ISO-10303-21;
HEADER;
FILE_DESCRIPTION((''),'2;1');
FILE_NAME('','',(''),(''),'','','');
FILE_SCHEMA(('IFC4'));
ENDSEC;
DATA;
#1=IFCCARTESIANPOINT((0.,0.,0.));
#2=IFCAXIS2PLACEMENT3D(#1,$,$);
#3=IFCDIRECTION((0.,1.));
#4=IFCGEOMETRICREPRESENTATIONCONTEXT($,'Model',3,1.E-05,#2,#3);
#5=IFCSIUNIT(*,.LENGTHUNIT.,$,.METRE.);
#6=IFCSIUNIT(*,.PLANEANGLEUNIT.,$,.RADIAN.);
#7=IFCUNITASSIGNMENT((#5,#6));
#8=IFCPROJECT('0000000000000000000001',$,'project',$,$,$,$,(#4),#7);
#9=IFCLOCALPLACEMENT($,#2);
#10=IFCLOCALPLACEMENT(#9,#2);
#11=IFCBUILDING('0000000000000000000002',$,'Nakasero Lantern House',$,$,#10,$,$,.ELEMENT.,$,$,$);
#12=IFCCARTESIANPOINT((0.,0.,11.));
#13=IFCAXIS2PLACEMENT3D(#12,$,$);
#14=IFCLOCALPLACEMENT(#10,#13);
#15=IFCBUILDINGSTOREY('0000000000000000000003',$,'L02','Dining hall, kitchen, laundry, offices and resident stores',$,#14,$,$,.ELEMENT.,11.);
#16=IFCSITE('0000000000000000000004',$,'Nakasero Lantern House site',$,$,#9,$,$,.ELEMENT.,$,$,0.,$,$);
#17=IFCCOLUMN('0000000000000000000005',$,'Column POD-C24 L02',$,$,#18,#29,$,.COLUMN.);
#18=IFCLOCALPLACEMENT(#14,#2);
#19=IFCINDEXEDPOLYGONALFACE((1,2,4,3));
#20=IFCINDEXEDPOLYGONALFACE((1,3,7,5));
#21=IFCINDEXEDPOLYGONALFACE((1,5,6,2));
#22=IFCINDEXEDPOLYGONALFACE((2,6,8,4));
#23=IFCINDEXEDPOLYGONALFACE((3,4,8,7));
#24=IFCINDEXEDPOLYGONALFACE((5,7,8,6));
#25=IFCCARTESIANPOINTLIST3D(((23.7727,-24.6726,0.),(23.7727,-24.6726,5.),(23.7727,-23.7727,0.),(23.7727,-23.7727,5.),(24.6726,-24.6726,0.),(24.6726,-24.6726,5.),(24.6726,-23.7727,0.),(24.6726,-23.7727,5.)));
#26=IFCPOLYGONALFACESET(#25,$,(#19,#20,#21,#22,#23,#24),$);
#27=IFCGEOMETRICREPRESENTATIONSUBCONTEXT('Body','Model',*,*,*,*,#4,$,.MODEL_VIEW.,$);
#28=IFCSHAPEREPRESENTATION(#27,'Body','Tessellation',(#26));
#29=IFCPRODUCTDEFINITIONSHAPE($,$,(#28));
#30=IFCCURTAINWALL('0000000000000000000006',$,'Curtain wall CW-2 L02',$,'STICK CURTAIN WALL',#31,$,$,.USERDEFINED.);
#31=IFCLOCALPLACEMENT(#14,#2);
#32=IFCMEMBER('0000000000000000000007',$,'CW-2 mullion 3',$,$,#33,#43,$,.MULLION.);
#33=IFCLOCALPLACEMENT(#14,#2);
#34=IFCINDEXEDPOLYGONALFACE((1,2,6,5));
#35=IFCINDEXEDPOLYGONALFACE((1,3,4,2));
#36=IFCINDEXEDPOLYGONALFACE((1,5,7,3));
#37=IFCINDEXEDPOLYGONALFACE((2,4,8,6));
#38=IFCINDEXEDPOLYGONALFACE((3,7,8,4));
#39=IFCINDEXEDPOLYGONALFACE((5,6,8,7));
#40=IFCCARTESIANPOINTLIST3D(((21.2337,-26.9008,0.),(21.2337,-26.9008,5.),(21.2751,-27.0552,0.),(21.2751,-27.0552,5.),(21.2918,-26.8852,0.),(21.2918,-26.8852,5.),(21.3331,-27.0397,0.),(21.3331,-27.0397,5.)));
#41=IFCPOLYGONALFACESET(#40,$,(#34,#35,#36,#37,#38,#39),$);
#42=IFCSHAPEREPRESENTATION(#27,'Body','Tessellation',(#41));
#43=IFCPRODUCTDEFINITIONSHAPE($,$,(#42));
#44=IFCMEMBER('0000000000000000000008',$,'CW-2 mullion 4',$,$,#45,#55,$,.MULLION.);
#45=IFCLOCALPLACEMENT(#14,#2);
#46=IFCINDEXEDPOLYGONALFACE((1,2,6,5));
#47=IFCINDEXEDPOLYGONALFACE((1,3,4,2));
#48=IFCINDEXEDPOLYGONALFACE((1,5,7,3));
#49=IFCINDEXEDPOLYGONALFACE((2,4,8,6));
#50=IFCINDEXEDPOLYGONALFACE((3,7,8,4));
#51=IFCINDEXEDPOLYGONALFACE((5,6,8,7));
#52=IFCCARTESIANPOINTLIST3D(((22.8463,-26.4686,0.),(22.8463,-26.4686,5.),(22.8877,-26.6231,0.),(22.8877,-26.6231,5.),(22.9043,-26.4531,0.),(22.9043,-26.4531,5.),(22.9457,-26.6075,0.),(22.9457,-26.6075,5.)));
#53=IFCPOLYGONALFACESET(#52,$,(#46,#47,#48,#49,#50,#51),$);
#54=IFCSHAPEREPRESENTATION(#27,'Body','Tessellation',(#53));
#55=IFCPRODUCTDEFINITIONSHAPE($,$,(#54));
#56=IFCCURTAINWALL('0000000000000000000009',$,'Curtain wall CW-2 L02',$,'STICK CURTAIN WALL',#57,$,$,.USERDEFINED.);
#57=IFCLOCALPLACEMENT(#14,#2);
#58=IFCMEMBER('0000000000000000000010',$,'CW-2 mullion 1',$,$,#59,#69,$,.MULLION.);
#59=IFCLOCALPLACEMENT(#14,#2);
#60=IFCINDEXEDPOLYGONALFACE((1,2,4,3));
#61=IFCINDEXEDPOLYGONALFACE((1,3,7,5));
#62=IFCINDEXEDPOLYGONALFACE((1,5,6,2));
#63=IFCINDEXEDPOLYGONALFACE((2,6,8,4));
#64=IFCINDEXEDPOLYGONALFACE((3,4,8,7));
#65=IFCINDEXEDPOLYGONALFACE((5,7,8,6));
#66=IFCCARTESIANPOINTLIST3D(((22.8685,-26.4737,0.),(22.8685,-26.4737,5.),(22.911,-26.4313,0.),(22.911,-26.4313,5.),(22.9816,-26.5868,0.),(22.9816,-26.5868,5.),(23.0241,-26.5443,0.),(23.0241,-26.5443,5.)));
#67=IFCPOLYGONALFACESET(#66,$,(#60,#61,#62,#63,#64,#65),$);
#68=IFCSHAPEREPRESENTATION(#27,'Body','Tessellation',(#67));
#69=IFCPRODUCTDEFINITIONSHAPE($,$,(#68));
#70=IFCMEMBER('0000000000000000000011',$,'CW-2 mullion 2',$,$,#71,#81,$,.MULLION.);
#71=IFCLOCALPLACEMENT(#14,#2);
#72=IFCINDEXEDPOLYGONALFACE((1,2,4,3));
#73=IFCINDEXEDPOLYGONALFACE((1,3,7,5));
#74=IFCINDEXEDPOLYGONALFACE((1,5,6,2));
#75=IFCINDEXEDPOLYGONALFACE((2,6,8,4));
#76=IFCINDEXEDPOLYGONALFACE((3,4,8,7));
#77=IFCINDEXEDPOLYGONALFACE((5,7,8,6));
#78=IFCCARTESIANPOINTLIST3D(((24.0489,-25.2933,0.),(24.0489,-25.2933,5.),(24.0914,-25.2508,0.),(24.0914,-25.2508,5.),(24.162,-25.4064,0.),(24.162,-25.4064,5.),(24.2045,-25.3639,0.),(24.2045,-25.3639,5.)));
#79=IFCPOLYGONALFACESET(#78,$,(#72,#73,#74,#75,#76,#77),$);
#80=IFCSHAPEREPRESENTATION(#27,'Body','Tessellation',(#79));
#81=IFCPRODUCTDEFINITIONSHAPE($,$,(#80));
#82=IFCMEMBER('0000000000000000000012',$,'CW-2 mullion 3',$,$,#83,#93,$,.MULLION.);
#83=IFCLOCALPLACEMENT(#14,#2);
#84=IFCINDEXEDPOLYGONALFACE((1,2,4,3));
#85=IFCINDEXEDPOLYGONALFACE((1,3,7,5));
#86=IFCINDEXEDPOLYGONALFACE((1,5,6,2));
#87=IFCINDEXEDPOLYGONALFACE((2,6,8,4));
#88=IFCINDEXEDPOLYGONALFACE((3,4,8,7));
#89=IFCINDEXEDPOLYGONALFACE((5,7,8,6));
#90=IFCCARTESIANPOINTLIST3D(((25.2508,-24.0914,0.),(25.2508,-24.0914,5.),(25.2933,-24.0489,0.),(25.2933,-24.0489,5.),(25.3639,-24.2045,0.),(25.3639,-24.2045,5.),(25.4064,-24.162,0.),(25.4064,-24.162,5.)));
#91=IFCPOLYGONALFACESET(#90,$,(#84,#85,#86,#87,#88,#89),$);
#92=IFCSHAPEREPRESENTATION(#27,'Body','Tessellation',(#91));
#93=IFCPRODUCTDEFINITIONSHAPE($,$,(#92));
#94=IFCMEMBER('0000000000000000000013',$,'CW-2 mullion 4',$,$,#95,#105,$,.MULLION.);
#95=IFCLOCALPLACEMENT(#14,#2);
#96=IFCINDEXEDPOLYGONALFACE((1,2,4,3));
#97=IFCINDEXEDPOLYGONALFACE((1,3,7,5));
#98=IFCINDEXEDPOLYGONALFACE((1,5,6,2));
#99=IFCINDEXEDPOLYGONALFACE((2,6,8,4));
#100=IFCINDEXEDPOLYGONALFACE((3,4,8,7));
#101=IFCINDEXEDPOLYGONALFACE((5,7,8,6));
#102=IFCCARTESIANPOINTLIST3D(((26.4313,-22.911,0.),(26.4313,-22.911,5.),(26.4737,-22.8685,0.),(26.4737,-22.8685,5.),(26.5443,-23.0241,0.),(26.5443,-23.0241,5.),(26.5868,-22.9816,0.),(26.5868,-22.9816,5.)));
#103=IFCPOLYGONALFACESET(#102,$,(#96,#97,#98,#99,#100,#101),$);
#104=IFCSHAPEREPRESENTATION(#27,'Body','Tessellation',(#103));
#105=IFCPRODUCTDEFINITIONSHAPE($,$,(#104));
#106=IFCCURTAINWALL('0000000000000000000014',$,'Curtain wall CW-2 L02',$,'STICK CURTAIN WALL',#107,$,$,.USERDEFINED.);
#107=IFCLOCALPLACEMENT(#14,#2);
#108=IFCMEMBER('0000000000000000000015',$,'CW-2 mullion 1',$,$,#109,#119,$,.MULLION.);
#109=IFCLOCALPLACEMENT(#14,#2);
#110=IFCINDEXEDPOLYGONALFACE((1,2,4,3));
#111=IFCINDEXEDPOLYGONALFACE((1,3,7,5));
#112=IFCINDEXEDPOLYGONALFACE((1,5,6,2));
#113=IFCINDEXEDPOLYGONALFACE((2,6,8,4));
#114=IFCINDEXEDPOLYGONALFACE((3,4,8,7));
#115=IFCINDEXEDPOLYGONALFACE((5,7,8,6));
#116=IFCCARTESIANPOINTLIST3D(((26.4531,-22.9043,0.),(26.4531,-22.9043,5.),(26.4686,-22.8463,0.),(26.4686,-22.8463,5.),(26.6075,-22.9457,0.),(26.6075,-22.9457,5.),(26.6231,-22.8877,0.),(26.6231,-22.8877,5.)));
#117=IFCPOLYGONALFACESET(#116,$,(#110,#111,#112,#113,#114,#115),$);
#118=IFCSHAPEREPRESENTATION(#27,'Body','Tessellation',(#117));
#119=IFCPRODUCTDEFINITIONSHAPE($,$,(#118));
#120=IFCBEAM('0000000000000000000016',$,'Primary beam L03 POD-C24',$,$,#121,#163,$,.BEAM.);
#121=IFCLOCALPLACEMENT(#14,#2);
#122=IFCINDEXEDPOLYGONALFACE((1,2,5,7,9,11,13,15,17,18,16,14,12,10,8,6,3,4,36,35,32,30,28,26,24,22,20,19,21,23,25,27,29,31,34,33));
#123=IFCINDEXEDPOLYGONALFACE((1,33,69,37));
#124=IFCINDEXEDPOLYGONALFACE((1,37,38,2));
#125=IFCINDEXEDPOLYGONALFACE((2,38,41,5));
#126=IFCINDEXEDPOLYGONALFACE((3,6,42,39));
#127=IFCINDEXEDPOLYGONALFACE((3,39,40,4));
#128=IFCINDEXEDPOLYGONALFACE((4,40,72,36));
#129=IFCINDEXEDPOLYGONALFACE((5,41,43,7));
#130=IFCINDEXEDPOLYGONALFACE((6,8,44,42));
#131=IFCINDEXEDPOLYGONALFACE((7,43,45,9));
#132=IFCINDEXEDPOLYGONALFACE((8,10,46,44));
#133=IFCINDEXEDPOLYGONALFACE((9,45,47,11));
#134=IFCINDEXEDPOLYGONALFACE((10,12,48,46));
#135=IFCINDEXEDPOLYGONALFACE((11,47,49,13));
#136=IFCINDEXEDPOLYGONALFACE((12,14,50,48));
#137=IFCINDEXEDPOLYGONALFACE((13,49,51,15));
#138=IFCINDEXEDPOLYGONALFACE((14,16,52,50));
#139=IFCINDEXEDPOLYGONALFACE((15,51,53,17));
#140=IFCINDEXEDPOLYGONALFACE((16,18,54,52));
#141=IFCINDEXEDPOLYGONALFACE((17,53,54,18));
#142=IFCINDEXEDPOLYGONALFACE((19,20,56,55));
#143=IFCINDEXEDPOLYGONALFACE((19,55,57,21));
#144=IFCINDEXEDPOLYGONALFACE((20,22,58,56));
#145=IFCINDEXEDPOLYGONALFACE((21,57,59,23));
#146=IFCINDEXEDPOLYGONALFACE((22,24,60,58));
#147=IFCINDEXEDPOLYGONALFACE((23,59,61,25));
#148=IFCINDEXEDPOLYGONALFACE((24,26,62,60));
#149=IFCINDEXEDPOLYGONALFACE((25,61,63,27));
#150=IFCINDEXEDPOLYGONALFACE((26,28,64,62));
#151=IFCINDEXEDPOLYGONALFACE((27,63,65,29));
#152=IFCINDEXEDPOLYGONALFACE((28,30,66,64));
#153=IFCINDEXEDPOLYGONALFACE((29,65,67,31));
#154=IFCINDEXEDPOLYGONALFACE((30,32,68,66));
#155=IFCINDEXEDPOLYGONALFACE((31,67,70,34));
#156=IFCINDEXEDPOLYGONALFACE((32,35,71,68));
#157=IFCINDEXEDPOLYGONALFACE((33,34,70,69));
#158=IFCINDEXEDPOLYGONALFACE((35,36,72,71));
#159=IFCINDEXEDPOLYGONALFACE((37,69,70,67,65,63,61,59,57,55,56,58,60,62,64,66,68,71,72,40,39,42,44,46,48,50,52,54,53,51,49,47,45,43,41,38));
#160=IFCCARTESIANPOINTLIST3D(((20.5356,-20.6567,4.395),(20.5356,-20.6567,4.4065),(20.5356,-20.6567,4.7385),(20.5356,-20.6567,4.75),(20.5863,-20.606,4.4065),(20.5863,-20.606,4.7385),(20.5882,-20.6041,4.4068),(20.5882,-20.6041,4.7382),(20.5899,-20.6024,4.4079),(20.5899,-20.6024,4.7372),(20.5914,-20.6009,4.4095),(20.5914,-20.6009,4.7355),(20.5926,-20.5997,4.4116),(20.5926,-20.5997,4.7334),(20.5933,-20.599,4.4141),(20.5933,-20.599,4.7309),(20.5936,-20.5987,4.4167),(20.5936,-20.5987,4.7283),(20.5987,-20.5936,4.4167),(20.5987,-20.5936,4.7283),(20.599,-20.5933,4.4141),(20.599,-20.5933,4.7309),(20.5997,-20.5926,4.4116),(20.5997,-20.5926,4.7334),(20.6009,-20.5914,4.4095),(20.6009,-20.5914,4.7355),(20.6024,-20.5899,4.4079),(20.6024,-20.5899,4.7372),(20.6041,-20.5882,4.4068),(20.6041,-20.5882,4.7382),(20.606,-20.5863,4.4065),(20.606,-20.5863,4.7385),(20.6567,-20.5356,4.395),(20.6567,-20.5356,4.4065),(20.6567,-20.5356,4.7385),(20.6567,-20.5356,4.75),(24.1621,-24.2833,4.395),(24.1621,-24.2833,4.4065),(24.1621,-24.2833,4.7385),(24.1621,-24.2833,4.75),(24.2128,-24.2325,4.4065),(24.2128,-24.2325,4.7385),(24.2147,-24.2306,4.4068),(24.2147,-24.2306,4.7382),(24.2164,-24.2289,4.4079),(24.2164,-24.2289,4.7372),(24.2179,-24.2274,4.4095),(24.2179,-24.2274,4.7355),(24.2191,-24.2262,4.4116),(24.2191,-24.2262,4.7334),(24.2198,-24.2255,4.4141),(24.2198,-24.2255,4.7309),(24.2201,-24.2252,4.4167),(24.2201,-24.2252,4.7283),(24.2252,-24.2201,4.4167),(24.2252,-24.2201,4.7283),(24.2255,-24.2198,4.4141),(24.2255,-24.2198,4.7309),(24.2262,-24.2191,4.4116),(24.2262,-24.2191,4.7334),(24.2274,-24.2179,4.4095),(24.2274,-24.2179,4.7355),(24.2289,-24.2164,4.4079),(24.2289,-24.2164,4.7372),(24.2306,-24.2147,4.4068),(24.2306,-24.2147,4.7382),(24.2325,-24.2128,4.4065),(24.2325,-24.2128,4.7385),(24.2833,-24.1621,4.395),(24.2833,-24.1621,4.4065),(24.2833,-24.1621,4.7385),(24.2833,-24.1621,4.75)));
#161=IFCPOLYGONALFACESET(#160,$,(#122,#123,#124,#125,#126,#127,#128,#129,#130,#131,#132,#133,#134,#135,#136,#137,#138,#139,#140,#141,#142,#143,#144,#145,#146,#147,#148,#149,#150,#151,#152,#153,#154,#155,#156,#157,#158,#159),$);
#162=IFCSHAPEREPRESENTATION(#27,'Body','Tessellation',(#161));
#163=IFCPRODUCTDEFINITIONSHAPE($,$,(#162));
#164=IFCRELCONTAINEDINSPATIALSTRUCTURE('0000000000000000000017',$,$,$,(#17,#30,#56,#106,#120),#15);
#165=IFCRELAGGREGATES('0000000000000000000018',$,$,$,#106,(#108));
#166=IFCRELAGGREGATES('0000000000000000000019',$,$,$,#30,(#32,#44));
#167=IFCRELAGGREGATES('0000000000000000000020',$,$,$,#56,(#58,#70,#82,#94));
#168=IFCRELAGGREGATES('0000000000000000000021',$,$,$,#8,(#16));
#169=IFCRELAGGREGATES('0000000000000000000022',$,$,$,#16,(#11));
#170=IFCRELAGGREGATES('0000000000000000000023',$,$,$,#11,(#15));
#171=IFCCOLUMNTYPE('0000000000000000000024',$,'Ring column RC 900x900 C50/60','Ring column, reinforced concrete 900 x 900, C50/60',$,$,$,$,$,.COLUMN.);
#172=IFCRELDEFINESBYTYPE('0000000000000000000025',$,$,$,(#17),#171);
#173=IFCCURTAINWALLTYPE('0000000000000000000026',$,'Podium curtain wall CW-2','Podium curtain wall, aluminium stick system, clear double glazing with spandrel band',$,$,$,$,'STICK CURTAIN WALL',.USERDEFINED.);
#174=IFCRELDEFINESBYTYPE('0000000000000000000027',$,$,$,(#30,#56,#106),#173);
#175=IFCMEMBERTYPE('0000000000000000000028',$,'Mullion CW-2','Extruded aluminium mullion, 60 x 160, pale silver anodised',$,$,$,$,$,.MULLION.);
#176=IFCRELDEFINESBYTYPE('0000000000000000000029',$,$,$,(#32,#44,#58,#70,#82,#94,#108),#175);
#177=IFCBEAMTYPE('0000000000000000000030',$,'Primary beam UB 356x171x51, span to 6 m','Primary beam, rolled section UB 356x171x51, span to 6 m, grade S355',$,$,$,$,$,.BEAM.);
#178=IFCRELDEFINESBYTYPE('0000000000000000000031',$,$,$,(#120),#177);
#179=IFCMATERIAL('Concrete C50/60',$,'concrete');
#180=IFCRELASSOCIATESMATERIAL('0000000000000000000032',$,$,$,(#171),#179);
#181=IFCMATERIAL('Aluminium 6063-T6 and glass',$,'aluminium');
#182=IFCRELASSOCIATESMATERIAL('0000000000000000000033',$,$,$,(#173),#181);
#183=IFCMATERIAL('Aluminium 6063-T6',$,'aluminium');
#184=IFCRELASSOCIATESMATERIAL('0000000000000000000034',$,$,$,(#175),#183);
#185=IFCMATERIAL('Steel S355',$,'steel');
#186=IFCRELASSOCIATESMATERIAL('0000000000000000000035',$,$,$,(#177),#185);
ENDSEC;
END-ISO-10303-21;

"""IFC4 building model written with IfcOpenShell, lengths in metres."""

from ifc_helpers import new_model, si_unit, direction, frame, origin, origin_2d, place, context, subcontext, project, spatial, rectangle, i_section, extrude, material, material_profile, profile_set, type_object, element, aggregate, save


model = new_model("IFC4")

# Units and contexts
model_context = context("Model", 3, precision=1e-05, world=origin(), true_north=direction((0.0, 1.0)))
body_context = subcontext(model_context, "Body", "Model", "MODEL_VIEW")
ifc_project = project(units=[si_unit("LENGTHUNIT", "METRE"), si_unit("PLANEANGLEUNIT", "RADIAN")], contexts=[model_context])

# Site, building, storey
site_placement = place(None, origin())
site = spatial("IfcSite", under=ifc_project, at=site_placement, Name="Nakasero Lantern House site", CompositionType="ELEMENT", RefElevation=0.0)
building_placement = place(site_placement, origin())
building = spatial("IfcBuilding", under=site, at=building_placement, Name="Nakasero Lantern House", CompositionType="ELEMENT")
storey_placement = place(building_placement, frame((0.0, 0.0, 11.0)))
storey = spatial("IfcBuildingStorey", under=building, at=storey_placement, Name="L02", Description="Dining hall, kitchen, laundry, offices and resident stores", CompositionType="ELEMENT", Elevation=11.0)

# Column
ifc_material_1 = material(Name="Concrete C50/60", Category="concrete")
ifc_material_profile_1 = material_profile(ifc_material_1, rectangle(XDim=0.8999, YDim=0.8999, at=origin_2d()), Name="RC 900x900")
ifc_profile_set_1 = profile_set([ifc_material_profile_1], Name="Concrete C50/60")
column_type = type_object("IfcColumnType", Name="Ring column RC 900x900 C50/60", Description="Ring column, reinforced concrete 900 x 900, C50/60", PredefinedType="COLUMN", material=ifc_profile_set_1)
column_placement = place(storey_placement, frame((24.2227, -24.2227, 0.0), z_axis=(0.0, 0.0, 1.0), x_axis=(1.0, 0.0, 0.0)))
element("IfcColumn", 1, at=column_placement, inside=storey, type_object=column_type, Name="Column POD-C24 L02", PredefinedType="COLUMN", context=body_context, shape_type="SweptSolid", body=[
    extrude(rectangle(XDim=0.8999, YDim=0.8999, at=origin_2d()), origin(), (0.0, 0.0, 1.0), 5.0),
])

# Curtain walls, members
ifc_material_2 = material(Name="Aluminium 6063-T6 and glass", Category="aluminium")
curtain_wall_type = type_object("IfcCurtainWallType", Name="Podium curtain wall CW-2", Description="Podium curtain wall, aluminium stick system, clear double glazing with spandrel band", ElementType="STICK CURTAIN WALL", PredefinedType="USERDEFINED", material=ifc_material_2)
curtain_wall_1_placement = place(storey_placement, origin())
curtain_wall_1 = element("IfcCurtainWall", 2, at=curtain_wall_1_placement, inside=storey, type_object=curtain_wall_type, Name="Curtain wall CW-2 L02", ObjectType="STICK CURTAIN WALL", PredefinedType="USERDEFINED")
ifc_material_3 = material(Name="Aluminium 6063-T6", Category="aluminium")
ifc_material_profile_2 = material_profile(ifc_material_3, rectangle(XDim=0.0601, YDim=0.1599, at=origin_2d()), Name="CW-2 mullion 60x160")
ifc_profile_set_2 = profile_set([ifc_material_profile_2], Name="Aluminium 6063-T6")
member_type_1 = type_object("IfcMemberType", Name="Mullion CW-2", Description="Extruded aluminium mullion, 60 x 160, pale silver anodised", PredefinedType="MULLION", material=ifc_profile_set_2)
member_1_placement = place(storey_placement, frame((21.2834, -26.9702, 0.0), z_axis=(0.0, 0.0, 1.0), x_axis=(0.965926, 0.258819, 0.0)))
member_1 = element("IfcMember", 3, at=member_1_placement, type_object=member_type_1, Name="CW-2 mullion 3", PredefinedType="MULLION", context=body_context, shape_type="SweptSolid", body=[
    extrude(rectangle(XDim=0.0601, YDim=0.1599, at=origin_2d()), origin(), (0.0, 0.0, 1.0), 5.0),
])
member_2_placement = place(storey_placement, frame((22.896, -26.5381, 0.0), z_axis=(0.0, 0.0, 1.0), x_axis=(0.965926, 0.258819, 0.0)))
member_2 = element("IfcMember", 4, at=member_2_placement, type_object=member_type_1, Name="CW-2 mullion 4", PredefinedType="MULLION", context=body_context, shape_type="SweptSolid", body=[
    extrude(rectangle(XDim=0.0601, YDim=0.1599, at=origin_2d()), origin(), (0.0, 0.0, 1.0), 5.0),
])
curtain_wall_2_placement = place(storey_placement, origin())
curtain_wall_2 = element("IfcCurtainWall", 5, at=curtain_wall_2_placement, inside=storey, type_object=curtain_wall_type, Name="Curtain wall CW-2 L02", ObjectType="STICK CURTAIN WALL", PredefinedType="USERDEFINED")
member_3_placement = place(storey_placement, frame((22.9463, -26.509, 0.0), z_axis=(0.0, 0.0, 1.0), x_axis=(0.707107, 0.707107, 0.0)))
member_3 = element("IfcMember", 6, at=member_3_placement, type_object=member_type_1, Name="CW-2 mullion 1", PredefinedType="MULLION", context=body_context, shape_type="SweptSolid", body=[
    extrude(rectangle(XDim=0.0601, YDim=0.1599, at=origin_2d()), origin(), (0.0, 0.0, 1.0), 5.0),
])
member_4_placement = place(storey_placement, frame((24.1267, -25.3286, 0.0), z_axis=(0.0, 0.0, 1.0), x_axis=(0.707107, 0.707107, 0.0)))
member_4 = element("IfcMember", 7, at=member_4_placement, type_object=member_type_1, Name="CW-2 mullion 2", PredefinedType="MULLION", context=body_context, shape_type="SweptSolid", body=[
    extrude(rectangle(XDim=0.0601, YDim=0.1599, at=origin_2d()), origin(), (0.0, 0.0, 1.0), 5.0),
])
member_5_placement = place(storey_placement, frame((25.3286, -24.1267, 0.0), z_axis=(0.0, 0.0, 1.0), x_axis=(0.707107, 0.707107, 0.0)))
member_5 = element("IfcMember", 8, at=member_5_placement, type_object=member_type_1, Name="CW-2 mullion 3", PredefinedType="MULLION", context=body_context, shape_type="SweptSolid", body=[
    extrude(rectangle(XDim=0.0601, YDim=0.1599, at=origin_2d()), origin(), (0.0, 0.0, 1.0), 5.0),
])
member_6_placement = place(storey_placement, frame((26.509, -22.9463, 0.0), z_axis=(0.0, 0.0, 1.0), x_axis=(0.707107, 0.707107, 0.0)))
member_6 = element("IfcMember", 9, at=member_6_placement, type_object=member_type_1, Name="CW-2 mullion 4", PredefinedType="MULLION", context=body_context, shape_type="SweptSolid", body=[
    extrude(rectangle(XDim=0.0601, YDim=0.1599, at=origin_2d()), origin(), (0.0, 0.0, 1.0), 5.0),
])

# Curtain wall, member
curtain_wall_3_placement = place(storey_placement, origin())
curtain_wall_3 = element("IfcCurtainWall", 10, at=curtain_wall_3_placement, inside=storey, type_object=curtain_wall_type, Name="Curtain wall CW-2 L02", ObjectType="STICK CURTAIN WALL", PredefinedType="USERDEFINED")
member_7_placement = place(storey_placement, frame((26.5381, -22.896, 0.0), z_axis=(0.0, 0.0, 1.0), x_axis=(0.258819, 0.965926, 0.0)))
member_7 = element("IfcMember", 11, at=member_7_placement, type_object=member_type_1, Name="CW-2 mullion 1", PredefinedType="MULLION", context=body_context, shape_type="SweptSolid", body=[
    extrude(rectangle(XDim=0.0601, YDim=0.1599, at=origin_2d()), origin(), (0.0, 0.0, 1.0), 5.0),
])

# Beam
ifc_material_4 = material(Name="Steel S355", Category="steel")
ifc_material_profile_3 = material_profile(ifc_material_4, i_section(OverallWidth=0.1714, OverallDepth=0.355, WebThickness=0.0073, FlangeThickness=0.0115, FilletRadius=0.0103, at=origin_2d()), Name="UB 356x171x51")
ifc_profile_set_3 = profile_set([ifc_material_profile_3], Name="Steel S355")
beam_type_1 = type_object("IfcBeamType", Name="Primary beam UB 356x171x51, span to 6 m", Description="Primary beam, rolled section UB 356x171x51, span to 6 m, grade S355", PredefinedType="BEAM", material=ifc_profile_set_3)
beam_1_placement = place(storey_placement, frame((24.2227, -24.2227, 4.5725), z_axis=(-0.707107, 0.707107, 0.0), x_axis=(-0.707107, -0.707107, 0.0)))
element("IfcBeam", 12, at=beam_1_placement, inside=storey, type_object=beam_type_1, Name="Primary beam L03 POD-C24", PredefinedType="BEAM", context=body_context, shape_type="SweptSolid", body=[
    extrude(i_section(OverallWidth=0.1714, OverallDepth=0.355, WebThickness=0.0073, FlangeThickness=0.0115, FilletRadius=0.0103, at=origin_2d()), origin(), (0.0, 0.0, 1.0), 5.1287),
])

aggregate(curtain_wall_3, [member_7])

aggregate(curtain_wall_1, [member_1, member_2])
aggregate(curtain_wall_2, [member_3, member_4, member_5, member_6])

save(model, "model.ifc")
